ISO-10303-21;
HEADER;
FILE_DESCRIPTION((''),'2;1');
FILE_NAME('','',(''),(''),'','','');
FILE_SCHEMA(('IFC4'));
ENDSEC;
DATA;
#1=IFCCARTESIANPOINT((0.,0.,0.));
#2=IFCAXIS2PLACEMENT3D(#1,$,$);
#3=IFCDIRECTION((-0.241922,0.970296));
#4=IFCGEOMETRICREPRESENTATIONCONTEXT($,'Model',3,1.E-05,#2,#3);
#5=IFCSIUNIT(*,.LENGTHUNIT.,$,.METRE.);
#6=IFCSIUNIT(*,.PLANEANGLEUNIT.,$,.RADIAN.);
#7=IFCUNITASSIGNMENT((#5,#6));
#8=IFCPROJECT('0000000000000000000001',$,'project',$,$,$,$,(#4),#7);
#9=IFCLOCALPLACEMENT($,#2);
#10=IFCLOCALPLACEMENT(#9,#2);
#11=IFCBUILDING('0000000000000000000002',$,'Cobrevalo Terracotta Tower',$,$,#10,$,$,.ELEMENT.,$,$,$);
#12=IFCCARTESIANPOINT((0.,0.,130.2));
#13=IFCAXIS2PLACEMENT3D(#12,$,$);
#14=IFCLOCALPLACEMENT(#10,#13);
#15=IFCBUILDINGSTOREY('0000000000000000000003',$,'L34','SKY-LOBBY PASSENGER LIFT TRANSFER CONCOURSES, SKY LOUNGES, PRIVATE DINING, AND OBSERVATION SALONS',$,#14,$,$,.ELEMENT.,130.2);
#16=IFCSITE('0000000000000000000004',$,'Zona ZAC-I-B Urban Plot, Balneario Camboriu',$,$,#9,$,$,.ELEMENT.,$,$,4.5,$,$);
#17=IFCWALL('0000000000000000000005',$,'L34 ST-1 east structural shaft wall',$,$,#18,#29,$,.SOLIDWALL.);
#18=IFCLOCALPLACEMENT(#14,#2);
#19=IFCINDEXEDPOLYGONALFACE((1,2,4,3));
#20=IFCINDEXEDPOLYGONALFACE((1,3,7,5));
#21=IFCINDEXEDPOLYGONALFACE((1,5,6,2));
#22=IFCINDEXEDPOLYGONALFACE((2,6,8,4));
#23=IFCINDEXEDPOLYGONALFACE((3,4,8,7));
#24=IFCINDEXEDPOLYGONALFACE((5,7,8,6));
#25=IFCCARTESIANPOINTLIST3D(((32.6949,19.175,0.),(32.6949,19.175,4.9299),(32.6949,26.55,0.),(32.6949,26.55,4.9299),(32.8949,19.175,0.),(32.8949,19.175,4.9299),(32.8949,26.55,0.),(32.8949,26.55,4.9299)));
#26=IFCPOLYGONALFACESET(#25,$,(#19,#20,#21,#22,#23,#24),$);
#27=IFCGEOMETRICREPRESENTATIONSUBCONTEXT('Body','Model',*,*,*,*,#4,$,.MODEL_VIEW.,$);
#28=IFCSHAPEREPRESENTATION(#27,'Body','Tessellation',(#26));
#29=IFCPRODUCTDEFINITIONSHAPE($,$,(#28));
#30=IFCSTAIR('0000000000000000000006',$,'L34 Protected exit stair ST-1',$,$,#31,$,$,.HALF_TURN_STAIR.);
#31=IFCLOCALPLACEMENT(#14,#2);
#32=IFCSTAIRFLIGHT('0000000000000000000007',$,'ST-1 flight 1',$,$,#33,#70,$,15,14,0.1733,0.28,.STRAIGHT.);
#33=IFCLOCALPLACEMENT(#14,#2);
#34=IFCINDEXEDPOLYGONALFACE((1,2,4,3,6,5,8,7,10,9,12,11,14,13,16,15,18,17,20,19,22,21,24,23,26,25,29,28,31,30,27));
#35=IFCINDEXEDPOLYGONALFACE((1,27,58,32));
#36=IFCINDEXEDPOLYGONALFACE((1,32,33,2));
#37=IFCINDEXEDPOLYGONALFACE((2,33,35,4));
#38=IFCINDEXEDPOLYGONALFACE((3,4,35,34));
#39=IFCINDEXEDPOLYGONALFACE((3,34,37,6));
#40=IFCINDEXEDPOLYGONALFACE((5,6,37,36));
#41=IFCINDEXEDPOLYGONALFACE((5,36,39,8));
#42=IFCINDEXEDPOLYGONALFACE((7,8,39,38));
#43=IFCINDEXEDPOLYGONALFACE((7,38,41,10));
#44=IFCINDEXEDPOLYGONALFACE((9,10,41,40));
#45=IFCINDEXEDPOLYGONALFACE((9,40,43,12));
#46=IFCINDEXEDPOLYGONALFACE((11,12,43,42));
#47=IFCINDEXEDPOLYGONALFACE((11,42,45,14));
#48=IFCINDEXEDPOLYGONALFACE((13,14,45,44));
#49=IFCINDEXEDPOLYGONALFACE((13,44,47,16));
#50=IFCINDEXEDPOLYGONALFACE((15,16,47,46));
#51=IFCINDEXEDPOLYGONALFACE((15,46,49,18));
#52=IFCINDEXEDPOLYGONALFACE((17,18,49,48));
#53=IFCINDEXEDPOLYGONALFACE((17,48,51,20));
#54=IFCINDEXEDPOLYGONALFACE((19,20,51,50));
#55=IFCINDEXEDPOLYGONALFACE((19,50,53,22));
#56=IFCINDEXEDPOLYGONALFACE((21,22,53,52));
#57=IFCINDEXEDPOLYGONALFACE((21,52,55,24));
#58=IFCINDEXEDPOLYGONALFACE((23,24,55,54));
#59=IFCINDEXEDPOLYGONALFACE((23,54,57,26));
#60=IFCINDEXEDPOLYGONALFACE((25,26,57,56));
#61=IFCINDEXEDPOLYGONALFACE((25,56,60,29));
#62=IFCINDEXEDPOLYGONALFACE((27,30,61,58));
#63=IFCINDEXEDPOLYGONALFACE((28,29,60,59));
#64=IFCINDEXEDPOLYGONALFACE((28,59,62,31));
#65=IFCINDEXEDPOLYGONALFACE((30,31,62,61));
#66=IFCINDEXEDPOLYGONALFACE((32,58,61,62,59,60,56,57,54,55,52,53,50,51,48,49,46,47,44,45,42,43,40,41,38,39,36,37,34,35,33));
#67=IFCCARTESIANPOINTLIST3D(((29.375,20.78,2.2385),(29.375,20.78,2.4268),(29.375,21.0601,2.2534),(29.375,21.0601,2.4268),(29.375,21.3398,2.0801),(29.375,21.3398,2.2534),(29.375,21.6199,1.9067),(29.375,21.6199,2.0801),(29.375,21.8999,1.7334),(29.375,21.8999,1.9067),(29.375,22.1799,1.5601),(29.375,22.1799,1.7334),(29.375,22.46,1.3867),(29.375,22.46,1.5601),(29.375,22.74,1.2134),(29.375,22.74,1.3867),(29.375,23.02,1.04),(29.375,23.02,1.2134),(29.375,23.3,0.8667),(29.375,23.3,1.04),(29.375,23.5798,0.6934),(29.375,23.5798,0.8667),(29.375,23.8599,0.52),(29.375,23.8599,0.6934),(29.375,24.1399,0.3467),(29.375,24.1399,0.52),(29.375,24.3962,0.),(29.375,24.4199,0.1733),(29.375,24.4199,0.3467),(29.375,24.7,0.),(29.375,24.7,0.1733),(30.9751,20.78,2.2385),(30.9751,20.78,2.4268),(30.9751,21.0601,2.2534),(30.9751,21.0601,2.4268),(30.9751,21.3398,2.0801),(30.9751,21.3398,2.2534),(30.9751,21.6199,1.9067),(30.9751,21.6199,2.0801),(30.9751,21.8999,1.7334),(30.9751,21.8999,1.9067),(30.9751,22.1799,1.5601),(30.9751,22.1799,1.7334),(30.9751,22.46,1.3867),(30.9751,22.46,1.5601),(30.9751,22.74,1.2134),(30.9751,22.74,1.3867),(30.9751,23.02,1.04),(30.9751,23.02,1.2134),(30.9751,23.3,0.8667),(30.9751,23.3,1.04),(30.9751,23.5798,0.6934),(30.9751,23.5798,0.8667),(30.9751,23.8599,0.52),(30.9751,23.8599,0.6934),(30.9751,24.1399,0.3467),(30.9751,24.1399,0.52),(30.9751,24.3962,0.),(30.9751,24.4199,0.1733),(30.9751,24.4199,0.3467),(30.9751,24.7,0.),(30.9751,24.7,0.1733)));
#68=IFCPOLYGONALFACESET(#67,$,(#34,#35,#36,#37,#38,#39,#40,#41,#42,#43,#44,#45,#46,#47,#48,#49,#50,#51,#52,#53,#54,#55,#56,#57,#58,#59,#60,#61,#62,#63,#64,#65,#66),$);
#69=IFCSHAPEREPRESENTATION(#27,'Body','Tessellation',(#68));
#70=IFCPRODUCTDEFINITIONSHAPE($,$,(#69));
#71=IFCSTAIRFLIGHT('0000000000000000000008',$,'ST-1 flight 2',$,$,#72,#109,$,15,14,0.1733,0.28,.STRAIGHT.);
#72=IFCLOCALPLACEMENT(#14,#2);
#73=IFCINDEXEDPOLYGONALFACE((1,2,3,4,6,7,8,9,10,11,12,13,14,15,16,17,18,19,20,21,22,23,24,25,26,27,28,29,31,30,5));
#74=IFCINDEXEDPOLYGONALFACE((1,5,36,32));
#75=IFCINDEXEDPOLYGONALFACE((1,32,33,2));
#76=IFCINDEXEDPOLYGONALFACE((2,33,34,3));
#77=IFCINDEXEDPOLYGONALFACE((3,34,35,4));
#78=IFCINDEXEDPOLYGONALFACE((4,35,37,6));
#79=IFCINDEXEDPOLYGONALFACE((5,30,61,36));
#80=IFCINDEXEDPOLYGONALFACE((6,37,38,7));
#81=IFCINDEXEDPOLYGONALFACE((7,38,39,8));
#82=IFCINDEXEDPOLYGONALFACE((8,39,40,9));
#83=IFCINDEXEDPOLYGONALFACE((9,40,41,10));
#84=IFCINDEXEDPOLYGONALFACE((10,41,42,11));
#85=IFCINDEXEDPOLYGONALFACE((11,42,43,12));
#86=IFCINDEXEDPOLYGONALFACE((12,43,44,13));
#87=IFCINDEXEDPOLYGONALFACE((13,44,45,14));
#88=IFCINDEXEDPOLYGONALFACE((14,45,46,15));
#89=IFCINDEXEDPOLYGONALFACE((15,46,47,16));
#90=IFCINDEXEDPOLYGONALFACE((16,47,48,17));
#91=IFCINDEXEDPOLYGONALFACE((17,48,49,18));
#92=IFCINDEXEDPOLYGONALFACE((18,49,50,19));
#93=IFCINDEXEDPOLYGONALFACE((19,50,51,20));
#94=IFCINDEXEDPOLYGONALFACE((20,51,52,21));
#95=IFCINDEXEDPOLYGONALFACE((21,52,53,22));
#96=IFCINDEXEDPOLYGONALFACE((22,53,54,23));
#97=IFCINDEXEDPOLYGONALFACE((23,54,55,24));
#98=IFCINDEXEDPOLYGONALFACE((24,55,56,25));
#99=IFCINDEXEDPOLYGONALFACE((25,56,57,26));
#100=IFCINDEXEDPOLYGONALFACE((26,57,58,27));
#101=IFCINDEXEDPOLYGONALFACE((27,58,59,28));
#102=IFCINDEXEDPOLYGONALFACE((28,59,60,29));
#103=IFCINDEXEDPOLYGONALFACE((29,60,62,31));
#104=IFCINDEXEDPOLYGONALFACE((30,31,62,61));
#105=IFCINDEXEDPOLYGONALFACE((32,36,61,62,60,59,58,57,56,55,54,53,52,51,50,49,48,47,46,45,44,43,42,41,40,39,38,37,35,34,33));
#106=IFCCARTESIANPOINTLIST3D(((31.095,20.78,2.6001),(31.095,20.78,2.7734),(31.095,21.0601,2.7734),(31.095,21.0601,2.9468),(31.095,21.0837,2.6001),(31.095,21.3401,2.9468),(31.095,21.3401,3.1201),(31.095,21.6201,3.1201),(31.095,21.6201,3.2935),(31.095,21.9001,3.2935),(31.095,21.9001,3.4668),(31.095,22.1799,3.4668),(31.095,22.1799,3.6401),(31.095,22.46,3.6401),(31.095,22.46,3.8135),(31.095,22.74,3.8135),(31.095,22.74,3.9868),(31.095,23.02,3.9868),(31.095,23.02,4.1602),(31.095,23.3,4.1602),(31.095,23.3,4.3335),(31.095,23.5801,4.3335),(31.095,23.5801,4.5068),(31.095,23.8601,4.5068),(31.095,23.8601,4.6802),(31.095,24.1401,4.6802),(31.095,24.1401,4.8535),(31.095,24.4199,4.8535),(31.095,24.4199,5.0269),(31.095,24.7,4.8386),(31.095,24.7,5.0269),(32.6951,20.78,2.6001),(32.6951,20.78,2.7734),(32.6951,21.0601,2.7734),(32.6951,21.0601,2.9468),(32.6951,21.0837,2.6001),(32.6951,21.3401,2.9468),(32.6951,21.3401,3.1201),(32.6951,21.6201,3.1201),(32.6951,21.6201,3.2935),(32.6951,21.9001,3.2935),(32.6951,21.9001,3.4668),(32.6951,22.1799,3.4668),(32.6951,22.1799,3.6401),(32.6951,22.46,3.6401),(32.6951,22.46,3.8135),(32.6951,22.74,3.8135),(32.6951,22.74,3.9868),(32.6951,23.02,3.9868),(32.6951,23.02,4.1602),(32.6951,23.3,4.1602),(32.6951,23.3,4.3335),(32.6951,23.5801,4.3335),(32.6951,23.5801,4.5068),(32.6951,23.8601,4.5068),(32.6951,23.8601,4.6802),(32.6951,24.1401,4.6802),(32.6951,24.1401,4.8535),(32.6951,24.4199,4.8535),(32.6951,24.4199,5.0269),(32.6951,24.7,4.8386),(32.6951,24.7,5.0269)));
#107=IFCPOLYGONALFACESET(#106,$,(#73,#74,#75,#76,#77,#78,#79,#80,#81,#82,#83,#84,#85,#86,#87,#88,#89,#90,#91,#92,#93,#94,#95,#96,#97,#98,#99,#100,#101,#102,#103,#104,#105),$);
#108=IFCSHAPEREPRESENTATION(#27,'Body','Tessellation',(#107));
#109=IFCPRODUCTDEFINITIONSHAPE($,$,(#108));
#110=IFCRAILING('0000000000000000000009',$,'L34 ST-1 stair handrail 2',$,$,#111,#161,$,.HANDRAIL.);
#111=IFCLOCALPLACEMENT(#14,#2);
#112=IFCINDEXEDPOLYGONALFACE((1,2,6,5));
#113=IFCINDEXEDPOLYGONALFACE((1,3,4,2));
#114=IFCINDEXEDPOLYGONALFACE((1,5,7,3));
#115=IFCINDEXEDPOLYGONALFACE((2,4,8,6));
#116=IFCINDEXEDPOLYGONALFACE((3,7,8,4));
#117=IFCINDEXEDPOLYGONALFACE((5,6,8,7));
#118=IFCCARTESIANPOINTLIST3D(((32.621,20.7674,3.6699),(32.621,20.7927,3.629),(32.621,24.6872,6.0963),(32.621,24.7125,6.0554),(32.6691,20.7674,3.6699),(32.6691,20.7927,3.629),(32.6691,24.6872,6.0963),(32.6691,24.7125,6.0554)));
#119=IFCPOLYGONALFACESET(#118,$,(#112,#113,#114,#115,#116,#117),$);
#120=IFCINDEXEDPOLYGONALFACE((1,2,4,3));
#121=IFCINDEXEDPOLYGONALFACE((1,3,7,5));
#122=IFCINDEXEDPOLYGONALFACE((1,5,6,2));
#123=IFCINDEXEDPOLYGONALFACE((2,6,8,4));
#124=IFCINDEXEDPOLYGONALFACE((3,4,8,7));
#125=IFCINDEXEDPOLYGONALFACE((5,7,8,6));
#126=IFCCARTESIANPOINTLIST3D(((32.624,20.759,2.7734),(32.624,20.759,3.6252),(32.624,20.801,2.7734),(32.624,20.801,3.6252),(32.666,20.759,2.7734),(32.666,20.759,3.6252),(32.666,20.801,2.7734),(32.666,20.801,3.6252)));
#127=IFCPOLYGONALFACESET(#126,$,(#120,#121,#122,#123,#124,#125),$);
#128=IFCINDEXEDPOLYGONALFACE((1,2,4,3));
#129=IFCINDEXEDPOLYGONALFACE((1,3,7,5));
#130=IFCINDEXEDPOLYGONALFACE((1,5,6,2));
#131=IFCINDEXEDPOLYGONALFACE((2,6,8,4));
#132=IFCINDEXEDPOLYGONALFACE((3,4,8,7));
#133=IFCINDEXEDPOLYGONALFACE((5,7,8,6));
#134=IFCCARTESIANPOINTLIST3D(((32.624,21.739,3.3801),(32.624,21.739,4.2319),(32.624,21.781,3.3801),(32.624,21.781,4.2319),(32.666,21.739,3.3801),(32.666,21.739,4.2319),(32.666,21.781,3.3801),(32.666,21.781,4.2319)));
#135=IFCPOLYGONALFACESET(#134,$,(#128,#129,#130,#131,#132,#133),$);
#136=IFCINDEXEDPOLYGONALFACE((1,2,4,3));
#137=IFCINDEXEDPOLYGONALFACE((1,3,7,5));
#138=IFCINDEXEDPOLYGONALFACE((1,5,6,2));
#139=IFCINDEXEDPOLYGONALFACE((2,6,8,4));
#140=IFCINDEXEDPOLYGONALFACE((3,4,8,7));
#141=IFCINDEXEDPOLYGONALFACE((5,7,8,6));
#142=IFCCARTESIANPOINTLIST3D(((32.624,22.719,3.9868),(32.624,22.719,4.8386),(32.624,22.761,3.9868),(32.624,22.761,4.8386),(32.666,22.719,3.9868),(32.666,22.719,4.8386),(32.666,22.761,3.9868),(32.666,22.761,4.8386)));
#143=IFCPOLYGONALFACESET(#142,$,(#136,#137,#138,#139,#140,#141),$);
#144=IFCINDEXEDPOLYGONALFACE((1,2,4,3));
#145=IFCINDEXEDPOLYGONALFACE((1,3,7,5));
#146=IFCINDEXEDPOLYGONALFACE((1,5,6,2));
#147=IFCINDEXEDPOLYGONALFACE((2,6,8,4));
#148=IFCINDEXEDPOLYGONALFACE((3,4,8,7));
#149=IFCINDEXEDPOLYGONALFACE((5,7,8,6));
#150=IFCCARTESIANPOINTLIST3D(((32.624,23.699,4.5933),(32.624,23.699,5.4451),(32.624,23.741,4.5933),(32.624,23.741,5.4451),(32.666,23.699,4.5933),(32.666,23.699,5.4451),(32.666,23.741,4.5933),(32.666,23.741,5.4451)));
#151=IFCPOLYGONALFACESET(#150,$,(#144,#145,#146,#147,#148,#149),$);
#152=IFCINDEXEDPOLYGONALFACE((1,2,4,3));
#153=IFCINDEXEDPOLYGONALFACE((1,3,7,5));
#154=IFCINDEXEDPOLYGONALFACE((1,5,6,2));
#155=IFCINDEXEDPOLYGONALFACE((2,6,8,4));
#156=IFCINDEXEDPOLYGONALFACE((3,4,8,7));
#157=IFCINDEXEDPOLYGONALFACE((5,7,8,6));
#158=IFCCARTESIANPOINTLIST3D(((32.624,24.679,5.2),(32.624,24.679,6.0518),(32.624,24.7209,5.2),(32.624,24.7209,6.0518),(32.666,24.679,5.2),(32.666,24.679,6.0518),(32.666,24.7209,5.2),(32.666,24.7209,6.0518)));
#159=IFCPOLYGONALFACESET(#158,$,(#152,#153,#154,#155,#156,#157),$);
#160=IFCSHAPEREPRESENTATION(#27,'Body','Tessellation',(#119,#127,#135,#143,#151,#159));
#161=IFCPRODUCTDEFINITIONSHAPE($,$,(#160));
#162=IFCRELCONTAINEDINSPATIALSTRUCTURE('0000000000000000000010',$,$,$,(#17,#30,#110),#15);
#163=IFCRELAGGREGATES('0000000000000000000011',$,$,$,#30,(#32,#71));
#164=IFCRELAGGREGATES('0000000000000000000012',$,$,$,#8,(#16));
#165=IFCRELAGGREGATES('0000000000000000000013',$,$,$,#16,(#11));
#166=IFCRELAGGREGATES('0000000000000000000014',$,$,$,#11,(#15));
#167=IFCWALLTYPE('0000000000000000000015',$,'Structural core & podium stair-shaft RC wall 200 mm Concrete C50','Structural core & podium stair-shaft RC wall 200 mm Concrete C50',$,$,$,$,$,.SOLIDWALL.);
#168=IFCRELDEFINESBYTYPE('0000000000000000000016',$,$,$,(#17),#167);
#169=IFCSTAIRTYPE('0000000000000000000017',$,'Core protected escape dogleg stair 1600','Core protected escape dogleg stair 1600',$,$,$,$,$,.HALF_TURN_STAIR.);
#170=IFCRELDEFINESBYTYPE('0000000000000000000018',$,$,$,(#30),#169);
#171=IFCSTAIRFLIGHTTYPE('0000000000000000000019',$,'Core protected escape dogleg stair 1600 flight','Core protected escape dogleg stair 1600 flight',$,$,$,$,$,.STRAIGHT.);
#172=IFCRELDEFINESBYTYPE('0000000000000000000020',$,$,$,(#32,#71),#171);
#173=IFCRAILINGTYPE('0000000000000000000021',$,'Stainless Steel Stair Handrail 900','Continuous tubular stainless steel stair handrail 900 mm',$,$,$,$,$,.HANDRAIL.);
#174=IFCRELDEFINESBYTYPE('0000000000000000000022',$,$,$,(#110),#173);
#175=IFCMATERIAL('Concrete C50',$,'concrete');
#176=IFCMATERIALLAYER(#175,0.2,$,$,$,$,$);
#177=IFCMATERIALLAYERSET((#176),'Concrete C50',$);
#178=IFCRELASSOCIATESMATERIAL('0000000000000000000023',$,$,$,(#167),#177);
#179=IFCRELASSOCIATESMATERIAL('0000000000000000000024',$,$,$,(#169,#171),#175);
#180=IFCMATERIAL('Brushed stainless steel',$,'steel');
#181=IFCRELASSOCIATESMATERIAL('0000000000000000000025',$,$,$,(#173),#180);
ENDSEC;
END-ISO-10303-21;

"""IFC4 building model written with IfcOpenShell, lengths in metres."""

from ifc_helpers import new_model, si_unit, direction, frame, frame_2d, origin, origin_2d, place, context, subcontext, project, spatial, polyline, rectangle, outline, extrude, material, layer, layer_set, type_object, element, aggregate, save


model = new_model("IFC4")

# Units and contexts
model_context = context("Model", 3, precision=1e-05, world=origin(), true_north=direction((-0.241922, 0.970296)))
body_context = subcontext(model_context, "Body", "Model", "MODEL_VIEW")
ifc_project = project(units=[si_unit("LENGTHUNIT", "METRE"), si_unit("PLANEANGLEUNIT", "RADIAN")], contexts=[model_context])

# Site, building, storey
site_placement = place(None, origin())
site = spatial("IfcSite", under=ifc_project, at=site_placement, Name="Zona ZAC-I-B Urban Plot, Balneario Camboriu", CompositionType="ELEMENT", RefElevation=4.5)
building_placement = place(site_placement, origin())
building = spatial("IfcBuilding", under=site, at=building_placement, Name="Cobrevalo Terracotta Tower", CompositionType="ELEMENT")
storey_placement = place(building_placement, frame((0.0, 0.0, 130.2)))
storey = spatial("IfcBuildingStorey", under=building, at=storey_placement, Name="L34", Description="SKY-LOBBY PASSENGER LIFT TRANSFER CONCOURSES, SKY LOUNGES, PRIVATE DINING, AND OBSERVATION SALONS", CompositionType="ELEMENT", Elevation=130.2)

# Shared definitions
ifc_material_1 = material(Name="Brushed stainless steel", Category="steel")

# Wall
ifc_material_2 = material(Name="Concrete C50", Category="concrete")
ifc_layer_1 = layer(ifc_material_2, 0.2)
ifc_layer_set_1 = layer_set([ifc_layer_1], Name="Concrete C50")
wall_type_1 = type_object("IfcWallType", Name="Structural core & podium stair-shaft RC wall 200 mm Concrete C50", Description="Structural core & podium stair-shaft RC wall 200 mm Concrete C50", PredefinedType="SOLIDWALL", material=ifc_layer_set_1)
wall_1_placement = place(storey_placement, frame((32.7949, 19.175, 0.0), z_axis=(0.0, 0.0, 1.0), x_axis=(0.0, 1.0, 0.0)))
element("IfcWall", 1, at=wall_1_placement, inside=storey, type_object=wall_type_1, Name="L34 ST-1 east structural shaft wall", PredefinedType="SOLIDWALL", context=body_context, shape_type="SweptSolid", body=[
    extrude(rectangle(XDim=7.375, YDim=0.2, at=frame_2d((3.6875, 0.0))), origin(), (0.0, 0.0, 1.0), 4.9299),
])

# Stair, stair flights
stair_type = type_object("IfcStairType", Name="Core protected escape dogleg stair 1600", Description="Core protected escape dogleg stair 1600", PredefinedType="HALF_TURN_STAIR", material=ifc_material_2)
stair_placement = place(storey_placement, origin())
stair = element("IfcStair", 2, at=stair_placement, inside=storey, type_object=stair_type, Name="L34 Protected exit stair ST-1", PredefinedType="HALF_TURN_STAIR")
stair_flight_type = type_object("IfcStairFlightType", Name="Core protected escape dogleg stair 1600 flight", Description="Core protected escape dogleg stair 1600 flight", PredefinedType="STRAIGHT", material=ifc_material_2)
stair_flight_1_placement = place(storey_placement, frame((30.175, 24.7, 0.0), z_axis=(0.0, 0.0, 1.0), x_axis=(0.0, -1.0, 0.0)))
stair_flight_1 = element("IfcStairFlight", 3, at=stair_flight_1_placement, type_object=stair_flight_type, Name="ST-1 flight 1", NumberOfRisers=15, NumberOfTreads=14, PredefinedType="STRAIGHT", RiserHeight=0.1733, TreadLength=0.28, context=body_context, shape_type="SweptSolid", body=[
    extrude(outline(polyline([(0.0, 0.0), (0.0, 0.1733), (0.28, 0.1733), (0.28, 0.3467), (0.5601, 0.3467), (0.5601, 0.52), (0.8401, 0.52), (0.8401, 0.6934), (1.1201, 0.6934), (1.1201, 0.8667), (1.3999, 0.8667), (1.3999, 1.04), (1.6799, 1.04), (1.6799, 1.2134), (1.96, 1.2134), (1.96, 1.3867), (2.24, 1.3867), (2.24, 1.5601), (2.52, 1.5601), (2.52, 1.7334), (2.8, 1.7334), (2.8, 1.9067), (3.0801, 1.9067), (3.0801, 2.0801), (3.3601, 2.0801), (3.3601, 2.2534), (3.6399, 2.2534), (3.6399, 2.4268), (3.9199, 2.4268), (3.9199, 2.6001), (3.9199, 2.2385), (0.3037, 0.0), (0.0, 0.0)])), frame((0.0, 0.8, 0.0), z_axis=(0.0, -1.0, 0.0), x_axis=(1.0, 0.0, 0.0)), (0.0, 0.0, 1.0), 1.6001),
])
stair_flight_2_placement = place(storey_placement, frame((31.895, 20.78, 2.6001), z_axis=(0.0, 0.0, 1.0), x_axis=(0.0, 1.0, 0.0)))
stair_flight_2 = element("IfcStairFlight", 4, at=stair_flight_2_placement, type_object=stair_flight_type, Name="ST-1 flight 2", NumberOfRisers=15, NumberOfTreads=14, PredefinedType="STRAIGHT", RiserHeight=0.1733, TreadLength=0.28, context=body_context, shape_type="SweptSolid", body=[
    extrude(outline(polyline([(0.0, 0.0), (0.0, 0.1733), (0.28, 0.1733), (0.28, 0.3467), (0.5601, 0.3467), (0.5601, 0.52), (0.8401, 0.52), (0.8401, 0.6934), (1.1201, 0.6934), (1.1201, 0.8667), (1.3999, 0.8667), (1.3999, 1.04), (1.6799, 1.04), (1.6799, 1.2134), (1.96, 1.2134), (1.96, 1.3867), (2.24, 1.3867), (2.24, 1.5601), (2.52, 1.5601), (2.52, 1.7334), (2.8, 1.7334), (2.8, 1.9067), (3.0801, 1.9067), (3.0801, 2.0801), (3.3601, 2.0801), (3.3601, 2.2534), (3.6399, 2.2534), (3.6399, 2.4268), (3.9199, 2.4268), (3.9199, 2.6001), (3.9199, 2.2385), (0.3037, 0.0), (0.0, 0.0)])), frame((0.0, 0.8, 0.0), z_axis=(0.0, -1.0, 0.0), x_axis=(1.0, 0.0, 0.0)), (0.0, 0.0, 1.0), 1.6001),
])
aggregate(stair, [stair_flight_1, stair_flight_2])

# Railing
railing_type_1 = type_object("IfcRailingType", Name="Stainless Steel Stair Handrail 900", Description="Continuous tubular stainless steel stair handrail 900 mm", PredefinedType="HANDRAIL", material=ifc_material_1)
railing_1_placement = place(storey_placement, frame((32.645, 20.78, 2.7734)))
element("IfcRailing", 5, at=railing_1_placement, inside=storey, type_object=railing_type_1, Name="L34 ST-1 stair handrail 2", PredefinedType="HANDRAIL", context=body_context, shape_type="SweptSolid", body=[
    extrude(rectangle(XDim=0.0481, YDim=0.0481, at=origin_2d()), frame((0.0, 0.0, 0.876), z_axis=(0.0, 0.850275, 0.526338), x_axis=(-1.0, 0.0, 0.0)), (0.0, 0.0, 1.0), 4.6101),
    extrude(rectangle(XDim=0.042, YDim=0.042, at=origin_2d()), origin(), (0.0, 0.0, 1.0), 0.8518),
    extrude(rectangle(XDim=0.042, YDim=0.042, at=origin_2d()), frame((0.0, 0.98, 0.6067)), (0.0, 0.0, 1.0), 0.8518),
    extrude(rectangle(XDim=0.042, YDim=0.042, at=origin_2d()), frame((0.0, 1.96, 1.2134)), (0.0, 0.0, 1.0), 0.8518),
    extrude(rectangle(XDim=0.042, YDim=0.042, at=origin_2d()), frame((0.0, 2.9399, 1.8198)), (0.0, 0.0, 1.0), 0.8518),
    extrude(rectangle(XDim=0.042, YDim=0.042, at=origin_2d()), frame((0.0, 3.9199, 2.4265)), (0.0, 0.0, 1.0), 0.8518),
])

save(model, "model.ifc")
